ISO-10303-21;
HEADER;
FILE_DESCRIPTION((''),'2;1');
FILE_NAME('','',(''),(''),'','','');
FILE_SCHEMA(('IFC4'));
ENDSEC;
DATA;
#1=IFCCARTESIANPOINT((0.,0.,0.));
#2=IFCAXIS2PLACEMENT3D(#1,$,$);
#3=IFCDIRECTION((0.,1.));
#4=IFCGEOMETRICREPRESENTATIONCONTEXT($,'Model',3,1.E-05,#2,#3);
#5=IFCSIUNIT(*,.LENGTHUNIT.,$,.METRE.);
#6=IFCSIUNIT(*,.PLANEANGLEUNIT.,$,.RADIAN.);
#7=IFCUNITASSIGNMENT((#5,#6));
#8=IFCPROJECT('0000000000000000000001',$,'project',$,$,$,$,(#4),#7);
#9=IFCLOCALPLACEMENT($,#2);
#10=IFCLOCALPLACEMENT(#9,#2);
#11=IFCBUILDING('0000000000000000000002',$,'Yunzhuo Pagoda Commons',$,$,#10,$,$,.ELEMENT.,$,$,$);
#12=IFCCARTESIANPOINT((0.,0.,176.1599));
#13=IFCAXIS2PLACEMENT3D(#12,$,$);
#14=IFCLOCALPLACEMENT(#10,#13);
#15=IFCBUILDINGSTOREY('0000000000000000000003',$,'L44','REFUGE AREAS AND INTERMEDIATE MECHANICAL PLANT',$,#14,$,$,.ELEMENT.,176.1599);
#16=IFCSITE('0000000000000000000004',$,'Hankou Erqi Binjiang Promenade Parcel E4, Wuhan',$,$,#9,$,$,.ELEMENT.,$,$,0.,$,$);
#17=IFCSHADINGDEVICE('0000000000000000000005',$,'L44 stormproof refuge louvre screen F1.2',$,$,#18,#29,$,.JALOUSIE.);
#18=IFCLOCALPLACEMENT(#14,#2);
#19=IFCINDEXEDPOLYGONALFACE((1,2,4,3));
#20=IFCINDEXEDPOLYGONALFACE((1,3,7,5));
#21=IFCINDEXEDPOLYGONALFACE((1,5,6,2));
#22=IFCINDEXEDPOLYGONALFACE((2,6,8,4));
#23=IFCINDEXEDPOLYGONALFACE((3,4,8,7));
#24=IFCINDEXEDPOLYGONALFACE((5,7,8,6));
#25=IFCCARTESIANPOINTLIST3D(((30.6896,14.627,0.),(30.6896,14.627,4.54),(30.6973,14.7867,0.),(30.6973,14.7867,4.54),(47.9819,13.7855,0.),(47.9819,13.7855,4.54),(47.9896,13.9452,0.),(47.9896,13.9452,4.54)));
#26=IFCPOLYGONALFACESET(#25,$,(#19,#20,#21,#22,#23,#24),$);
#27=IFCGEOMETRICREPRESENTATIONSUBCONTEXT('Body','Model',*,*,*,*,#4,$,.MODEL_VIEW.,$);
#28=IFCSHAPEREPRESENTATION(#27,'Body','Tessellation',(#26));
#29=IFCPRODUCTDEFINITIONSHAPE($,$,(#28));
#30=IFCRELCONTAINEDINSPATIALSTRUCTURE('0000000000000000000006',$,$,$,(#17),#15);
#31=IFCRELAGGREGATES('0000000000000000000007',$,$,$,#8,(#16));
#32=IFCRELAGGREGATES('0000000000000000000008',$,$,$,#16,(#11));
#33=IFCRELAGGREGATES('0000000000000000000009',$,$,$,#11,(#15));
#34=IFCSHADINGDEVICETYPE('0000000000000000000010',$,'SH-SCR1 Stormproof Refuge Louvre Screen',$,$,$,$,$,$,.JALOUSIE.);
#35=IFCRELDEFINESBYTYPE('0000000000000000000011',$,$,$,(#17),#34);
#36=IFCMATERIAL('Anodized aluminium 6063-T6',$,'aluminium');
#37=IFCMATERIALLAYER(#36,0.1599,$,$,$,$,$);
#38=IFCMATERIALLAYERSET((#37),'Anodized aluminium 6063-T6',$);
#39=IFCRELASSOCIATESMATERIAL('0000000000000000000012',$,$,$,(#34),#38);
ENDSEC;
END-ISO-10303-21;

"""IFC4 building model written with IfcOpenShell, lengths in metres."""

from ifc_helpers import new_model, si_unit, direction, frame, origin, origin_2d, place, context, subcontext, project, spatial, rectangle, extrude, source, transform, mapped, material, layer, layer_set, type_object, element, save


model = new_model("IFC4")

# Units and contexts
model_context = context("Model", 3, precision=1e-05, world=origin(), true_north=direction((0.0, 1.0)))
body_context = subcontext(model_context, "Body", "Model", "MODEL_VIEW")
ifc_project = project(units=[si_unit("LENGTHUNIT", "METRE"), si_unit("PLANEANGLEUNIT", "RADIAN")], contexts=[model_context])

# Site, building, storey
site_placement = place(None, origin())
site = spatial("IfcSite", under=ifc_project, at=site_placement, Name="Hankou Erqi Binjiang Promenade Parcel E4, Wuhan", CompositionType="ELEMENT", RefElevation=0.0)
building_placement = place(site_placement, origin())
building = spatial("IfcBuilding", under=site, at=building_placement, Name="Yunzhuo Pagoda Commons", CompositionType="ELEMENT")
storey_placement = place(building_placement, frame((0.0, 0.0, 176.1599)))
storey = spatial("IfcBuildingStorey", under=building, at=storey_placement, Name="L44", Description="REFUGE AREAS AND INTERMEDIATE MECHANICAL PLANT", CompositionType="ELEMENT", Elevation=176.1599)

# Shading device
ifc_material_1 = material(Name="Anodized aluminium 6063-T6", Category="aluminium")
ifc_layer_1 = layer(ifc_material_1, 0.1599)
ifc_layer_set_1 = layer_set([ifc_layer_1], Name="Anodized aluminium 6063-T6")
shading_device_type = type_object("IfcShadingDeviceType", Name="SH-SCR1 Stormproof Refuge Louvre Screen", PredefinedType="JALOUSIE", material=ifc_layer_set_1)
shared_shape_1 = source(origin(), body_context, "Body", "SweptSolid", [
    extrude(rectangle(XDim=17.3127, YDim=0.1599, at=origin_2d()), origin(), (0.0, 0.0, 1.0), 4.54),
])
shading_device_placement = place(storey_placement, frame((39.3396, 14.2861, 0.0), z_axis=(0.0, 0.0, 1.0), x_axis=(0.998818, -0.048606, 0.0)))
element("IfcShadingDevice", 1, at=shading_device_placement, inside=storey, type_object=shading_device_type, Name="L44 stormproof refuge louvre screen F1.2", PredefinedType="JALOUSIE", context=body_context, shape_type="MappedRepresentation", body=[
    mapped(shared_shape_1, transform((0.0, 0.0, 0.0), scale=1.0)),
])

save(model, "model.ifc")
